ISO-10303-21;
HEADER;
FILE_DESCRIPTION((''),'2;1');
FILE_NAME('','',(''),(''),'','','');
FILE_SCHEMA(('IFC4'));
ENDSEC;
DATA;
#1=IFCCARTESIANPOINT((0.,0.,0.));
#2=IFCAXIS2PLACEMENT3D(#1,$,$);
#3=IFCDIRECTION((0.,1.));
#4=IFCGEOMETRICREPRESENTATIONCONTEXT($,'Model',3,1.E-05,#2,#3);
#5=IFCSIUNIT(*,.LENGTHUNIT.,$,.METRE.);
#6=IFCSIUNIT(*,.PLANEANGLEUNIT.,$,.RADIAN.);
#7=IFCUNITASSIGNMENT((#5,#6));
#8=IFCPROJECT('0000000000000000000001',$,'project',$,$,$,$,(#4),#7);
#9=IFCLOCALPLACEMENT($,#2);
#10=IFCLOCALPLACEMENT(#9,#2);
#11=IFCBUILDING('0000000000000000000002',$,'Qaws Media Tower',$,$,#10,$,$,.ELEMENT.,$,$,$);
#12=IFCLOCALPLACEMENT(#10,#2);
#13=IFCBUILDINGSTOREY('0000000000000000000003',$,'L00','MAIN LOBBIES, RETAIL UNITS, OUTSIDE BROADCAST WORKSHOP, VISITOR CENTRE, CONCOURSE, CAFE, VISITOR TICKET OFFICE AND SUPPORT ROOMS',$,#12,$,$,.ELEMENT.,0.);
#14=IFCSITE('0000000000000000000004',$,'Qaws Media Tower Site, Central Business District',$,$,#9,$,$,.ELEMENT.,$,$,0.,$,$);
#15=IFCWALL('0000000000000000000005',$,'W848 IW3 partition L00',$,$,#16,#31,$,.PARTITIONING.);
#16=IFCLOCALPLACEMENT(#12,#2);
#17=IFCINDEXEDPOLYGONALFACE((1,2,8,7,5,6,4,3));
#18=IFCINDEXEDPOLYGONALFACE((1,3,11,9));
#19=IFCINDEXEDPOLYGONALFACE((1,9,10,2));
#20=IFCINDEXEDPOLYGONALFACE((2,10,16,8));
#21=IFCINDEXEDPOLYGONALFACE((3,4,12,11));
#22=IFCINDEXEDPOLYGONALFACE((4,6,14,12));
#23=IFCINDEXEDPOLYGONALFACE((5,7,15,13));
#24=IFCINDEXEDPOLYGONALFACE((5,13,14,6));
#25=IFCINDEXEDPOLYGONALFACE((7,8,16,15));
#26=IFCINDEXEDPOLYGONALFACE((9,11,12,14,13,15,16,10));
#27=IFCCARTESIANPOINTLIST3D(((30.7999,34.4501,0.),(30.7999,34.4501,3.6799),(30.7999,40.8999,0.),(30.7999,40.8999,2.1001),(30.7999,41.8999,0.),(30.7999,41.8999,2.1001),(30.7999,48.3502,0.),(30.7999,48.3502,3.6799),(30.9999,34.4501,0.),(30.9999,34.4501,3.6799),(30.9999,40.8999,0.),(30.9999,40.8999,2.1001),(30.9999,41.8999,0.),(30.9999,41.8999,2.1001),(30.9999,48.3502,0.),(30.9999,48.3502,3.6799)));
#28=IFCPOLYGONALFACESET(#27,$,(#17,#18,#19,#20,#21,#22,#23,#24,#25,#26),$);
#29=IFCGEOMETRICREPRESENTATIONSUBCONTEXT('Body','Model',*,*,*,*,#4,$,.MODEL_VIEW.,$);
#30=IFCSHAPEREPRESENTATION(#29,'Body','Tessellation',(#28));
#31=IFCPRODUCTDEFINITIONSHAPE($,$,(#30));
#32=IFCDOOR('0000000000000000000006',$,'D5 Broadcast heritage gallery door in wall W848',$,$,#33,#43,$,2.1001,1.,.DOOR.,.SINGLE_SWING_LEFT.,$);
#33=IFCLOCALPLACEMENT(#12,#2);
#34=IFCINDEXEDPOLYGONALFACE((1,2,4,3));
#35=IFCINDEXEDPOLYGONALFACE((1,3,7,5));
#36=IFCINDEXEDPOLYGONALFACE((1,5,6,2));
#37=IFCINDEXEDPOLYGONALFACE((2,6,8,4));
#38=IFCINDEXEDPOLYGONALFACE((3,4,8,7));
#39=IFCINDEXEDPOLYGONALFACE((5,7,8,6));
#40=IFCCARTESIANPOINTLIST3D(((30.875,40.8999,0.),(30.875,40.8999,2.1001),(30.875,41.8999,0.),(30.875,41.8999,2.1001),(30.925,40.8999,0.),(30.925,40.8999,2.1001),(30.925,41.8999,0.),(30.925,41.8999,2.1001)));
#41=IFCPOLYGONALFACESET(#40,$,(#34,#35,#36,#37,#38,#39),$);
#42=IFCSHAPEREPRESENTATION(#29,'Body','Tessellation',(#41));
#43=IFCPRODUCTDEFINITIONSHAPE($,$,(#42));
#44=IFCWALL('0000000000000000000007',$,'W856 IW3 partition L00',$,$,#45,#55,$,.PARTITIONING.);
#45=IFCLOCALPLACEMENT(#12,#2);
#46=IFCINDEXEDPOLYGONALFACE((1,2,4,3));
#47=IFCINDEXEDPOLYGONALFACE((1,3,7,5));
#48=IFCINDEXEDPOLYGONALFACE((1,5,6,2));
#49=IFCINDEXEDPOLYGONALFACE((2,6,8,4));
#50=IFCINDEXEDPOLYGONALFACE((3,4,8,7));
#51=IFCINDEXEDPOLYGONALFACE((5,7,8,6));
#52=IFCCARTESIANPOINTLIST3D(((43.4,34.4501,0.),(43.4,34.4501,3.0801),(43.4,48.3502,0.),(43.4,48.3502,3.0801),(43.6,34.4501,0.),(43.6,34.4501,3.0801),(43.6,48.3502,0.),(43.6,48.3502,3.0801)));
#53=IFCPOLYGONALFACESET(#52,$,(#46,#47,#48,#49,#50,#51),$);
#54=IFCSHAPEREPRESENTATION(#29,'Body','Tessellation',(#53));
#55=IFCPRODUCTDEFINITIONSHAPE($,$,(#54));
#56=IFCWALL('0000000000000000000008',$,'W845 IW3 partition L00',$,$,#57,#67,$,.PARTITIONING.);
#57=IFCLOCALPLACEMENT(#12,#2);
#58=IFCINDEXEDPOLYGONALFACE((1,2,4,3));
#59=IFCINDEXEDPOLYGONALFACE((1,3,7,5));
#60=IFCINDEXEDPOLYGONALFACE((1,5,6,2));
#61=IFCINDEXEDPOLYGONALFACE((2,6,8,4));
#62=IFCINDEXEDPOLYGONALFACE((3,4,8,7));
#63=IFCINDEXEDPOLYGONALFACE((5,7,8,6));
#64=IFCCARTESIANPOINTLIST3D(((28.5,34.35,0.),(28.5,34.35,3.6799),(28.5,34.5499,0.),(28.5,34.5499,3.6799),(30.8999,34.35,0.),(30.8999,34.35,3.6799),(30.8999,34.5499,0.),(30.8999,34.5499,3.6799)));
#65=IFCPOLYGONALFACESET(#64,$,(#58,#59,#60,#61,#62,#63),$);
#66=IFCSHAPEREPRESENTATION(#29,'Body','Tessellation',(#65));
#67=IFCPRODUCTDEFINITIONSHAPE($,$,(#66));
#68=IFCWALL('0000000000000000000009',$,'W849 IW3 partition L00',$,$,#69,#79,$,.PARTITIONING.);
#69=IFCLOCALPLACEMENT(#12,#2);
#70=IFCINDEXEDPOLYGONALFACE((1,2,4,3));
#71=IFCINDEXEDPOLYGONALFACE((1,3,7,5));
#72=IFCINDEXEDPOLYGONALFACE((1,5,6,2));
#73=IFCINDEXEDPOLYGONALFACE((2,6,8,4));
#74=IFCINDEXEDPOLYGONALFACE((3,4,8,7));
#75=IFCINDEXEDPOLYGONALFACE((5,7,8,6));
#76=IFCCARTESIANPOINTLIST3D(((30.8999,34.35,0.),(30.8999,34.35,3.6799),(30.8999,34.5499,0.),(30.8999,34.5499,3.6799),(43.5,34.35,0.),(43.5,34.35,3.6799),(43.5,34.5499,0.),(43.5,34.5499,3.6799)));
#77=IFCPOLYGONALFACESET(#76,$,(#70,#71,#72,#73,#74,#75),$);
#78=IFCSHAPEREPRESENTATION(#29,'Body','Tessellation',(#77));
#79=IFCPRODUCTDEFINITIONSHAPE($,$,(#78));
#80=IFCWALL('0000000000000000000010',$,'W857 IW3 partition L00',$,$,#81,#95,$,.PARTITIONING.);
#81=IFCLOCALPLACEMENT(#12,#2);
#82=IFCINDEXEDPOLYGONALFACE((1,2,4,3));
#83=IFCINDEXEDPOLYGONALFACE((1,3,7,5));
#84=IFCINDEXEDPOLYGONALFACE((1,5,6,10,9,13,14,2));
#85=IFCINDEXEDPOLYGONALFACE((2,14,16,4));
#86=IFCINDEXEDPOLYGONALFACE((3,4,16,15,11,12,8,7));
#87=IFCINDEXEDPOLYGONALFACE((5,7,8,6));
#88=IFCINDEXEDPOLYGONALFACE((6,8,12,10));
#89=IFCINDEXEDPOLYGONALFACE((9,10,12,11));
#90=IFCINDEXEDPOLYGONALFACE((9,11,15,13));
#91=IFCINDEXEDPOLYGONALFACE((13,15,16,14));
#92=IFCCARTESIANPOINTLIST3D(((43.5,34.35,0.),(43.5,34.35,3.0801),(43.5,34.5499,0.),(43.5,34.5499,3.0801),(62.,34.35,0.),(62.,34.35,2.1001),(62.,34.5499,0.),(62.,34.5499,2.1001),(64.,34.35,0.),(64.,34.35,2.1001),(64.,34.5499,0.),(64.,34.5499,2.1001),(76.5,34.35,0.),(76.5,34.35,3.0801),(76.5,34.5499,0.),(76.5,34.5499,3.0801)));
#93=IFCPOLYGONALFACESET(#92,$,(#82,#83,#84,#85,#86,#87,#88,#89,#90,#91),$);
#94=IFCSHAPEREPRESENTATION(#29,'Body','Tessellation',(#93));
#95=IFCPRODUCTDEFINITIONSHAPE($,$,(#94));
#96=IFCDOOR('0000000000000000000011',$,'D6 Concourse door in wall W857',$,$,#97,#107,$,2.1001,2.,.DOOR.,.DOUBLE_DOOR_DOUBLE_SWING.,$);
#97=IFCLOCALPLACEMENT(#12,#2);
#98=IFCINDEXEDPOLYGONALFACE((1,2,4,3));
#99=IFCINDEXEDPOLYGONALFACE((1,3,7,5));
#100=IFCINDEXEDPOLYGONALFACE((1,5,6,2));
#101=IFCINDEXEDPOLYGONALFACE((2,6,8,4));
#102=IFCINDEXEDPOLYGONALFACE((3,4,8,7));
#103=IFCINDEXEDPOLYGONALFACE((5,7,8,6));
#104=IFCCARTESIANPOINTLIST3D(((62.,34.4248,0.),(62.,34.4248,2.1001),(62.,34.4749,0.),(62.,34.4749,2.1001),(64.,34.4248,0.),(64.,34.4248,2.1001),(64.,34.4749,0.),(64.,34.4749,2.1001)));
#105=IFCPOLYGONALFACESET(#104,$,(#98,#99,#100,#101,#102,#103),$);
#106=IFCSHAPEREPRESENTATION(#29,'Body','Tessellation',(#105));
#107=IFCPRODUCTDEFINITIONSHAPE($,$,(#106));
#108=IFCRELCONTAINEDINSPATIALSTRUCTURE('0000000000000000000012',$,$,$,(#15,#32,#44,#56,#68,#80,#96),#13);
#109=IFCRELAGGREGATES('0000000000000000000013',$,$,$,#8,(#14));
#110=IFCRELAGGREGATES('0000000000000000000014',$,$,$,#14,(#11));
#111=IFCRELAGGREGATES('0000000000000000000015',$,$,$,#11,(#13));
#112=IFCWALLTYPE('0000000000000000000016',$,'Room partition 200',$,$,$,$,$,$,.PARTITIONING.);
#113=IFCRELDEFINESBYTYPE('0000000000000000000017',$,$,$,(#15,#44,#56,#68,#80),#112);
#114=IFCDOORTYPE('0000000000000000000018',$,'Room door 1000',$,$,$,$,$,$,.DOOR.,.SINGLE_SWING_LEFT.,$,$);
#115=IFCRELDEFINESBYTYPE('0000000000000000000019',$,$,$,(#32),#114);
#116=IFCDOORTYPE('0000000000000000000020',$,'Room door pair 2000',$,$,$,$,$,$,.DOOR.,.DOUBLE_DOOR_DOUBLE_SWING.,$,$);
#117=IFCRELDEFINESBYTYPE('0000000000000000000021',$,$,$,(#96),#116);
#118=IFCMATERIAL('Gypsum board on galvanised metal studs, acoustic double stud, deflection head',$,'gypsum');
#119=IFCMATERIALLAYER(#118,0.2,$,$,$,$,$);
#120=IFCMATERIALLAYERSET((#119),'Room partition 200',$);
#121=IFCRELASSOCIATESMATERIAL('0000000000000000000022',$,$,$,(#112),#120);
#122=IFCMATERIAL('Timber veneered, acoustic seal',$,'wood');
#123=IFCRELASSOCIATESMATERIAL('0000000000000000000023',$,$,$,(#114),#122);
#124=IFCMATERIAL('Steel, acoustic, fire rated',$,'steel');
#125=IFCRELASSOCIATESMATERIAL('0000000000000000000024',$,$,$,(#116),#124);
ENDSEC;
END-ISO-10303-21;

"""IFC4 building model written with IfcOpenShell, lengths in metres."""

from ifc_helpers import new_model, si_unit, direction, frame, frame_2d, origin, place, context, subcontext, project, spatial, rectangle, extrude, material, layer, layer_set, type_object, element, fill, save


model = new_model("IFC4")

# Units and contexts
model_context = context("Model", 3, precision=1e-05, world=origin(), true_north=direction((0.0, 1.0)))
body_context = subcontext(model_context, "Body", "Model", "MODEL_VIEW")
ifc_project = project(units=[si_unit("LENGTHUNIT", "METRE"), si_unit("PLANEANGLEUNIT", "RADIAN")], contexts=[model_context])

# Site, building, storey
site_placement = place(None, origin())
site = spatial("IfcSite", under=ifc_project, at=site_placement, Name="Qaws Media Tower Site, Central Business District", CompositionType="ELEMENT", RefElevation=0.0)
building_placement = place(site_placement, origin())
building = spatial("IfcBuilding", under=site, at=building_placement, Name="Qaws Media Tower", CompositionType="ELEMENT")
storey_placement = place(building_placement, origin())
storey = spatial("IfcBuildingStorey", under=building, at=storey_placement, Name="L00", Description="MAIN LOBBIES, RETAIL UNITS, OUTSIDE BROADCAST WORKSHOP, VISITOR CENTRE, CONCOURSE, CAFE, VISITOR TICKET OFFICE AND SUPPORT ROOMS", CompositionType="ELEMENT", Elevation=0.0)

# Wall, opening, door
ifc_material_1 = material(Name="Gypsum board on galvanised metal studs, acoustic double stud, deflection head", Category="gypsum")
ifc_layer = layer(ifc_material_1, 0.2)
ifc_layer_set = layer_set([ifc_layer], Name="Room partition 200")
wall_type = type_object("IfcWallType", Name="Room partition 200", PredefinedType="PARTITIONING", material=ifc_layer_set)
ifc_material_2 = material(Name="Timber veneered, acoustic seal", Category="wood")
door_type_1 = type_object("IfcDoorType", Name="Room door 1000", OperationType="SINGLE_SWING_LEFT", PredefinedType="DOOR", material=ifc_material_2)
wall_1_placement = place(storey_placement, frame((30.8999, 34.45, 0.0), z_axis=(0.0, 0.0, 1.0), x_axis=(0.0, 1.0, 0.0)))
wall_1 = element("IfcWall", 1, at=wall_1_placement, inside=storey, type_object=wall_type, Name="W848 IW3 partition L00", PredefinedType="PARTITIONING", context=body_context, shape_type="SweptSolid", body=[
    extrude(rectangle(XDim=13.9001, YDim=0.2, at=frame_2d((6.9502, 0.0))), origin(), (0.0, 0.0, 1.0), 3.6799),
])
opening_1_placement = place(wall_1_placement, frame((6.45, 0.0, 0.0)))
opening_1 = element("IfcOpeningElement", 2, at=opening_1_placement, cuts=wall_1, PredefinedType="OPENING", context=body_context, shape_type="SweptSolid", body=[
    extrude(rectangle(XDim=1.0, YDim=2.1001, at=frame_2d((0.5, 1.05))), frame((0.0, 0.1099, 0.0), z_axis=(0.0, -1.0, 0.0), x_axis=(1.0, 0.0, 0.0)), (0.0, 0.0, 1.0), 0.22),
])
door_1_placement = place(opening_1_placement, origin())
door_1 = element("IfcDoor", 3, at=door_1_placement, inside=storey, type_object=door_type_1, Name="D5 Broadcast heritage gallery door in wall W848", OperationType="SINGLE_SWING_LEFT", OverallHeight=2.1001, OverallWidth=1.0, PredefinedType="DOOR", context=body_context, shape_type="SweptSolid", body=[
    extrude(rectangle(XDim=1.0, YDim=2.1001, at=frame_2d((0.5, 1.05))), frame((0.0, 0.0249, 0.0), z_axis=(0.0, -1.0, 0.0), x_axis=(1.0, 0.0, 0.0)), (0.0, 0.0, 1.0), 0.05),
])
fill(opening_1, door_1)

# Walls
wall_2_placement = place(storey_placement, frame((43.5, 34.45, 0.0), z_axis=(0.0, 0.0, 1.0), x_axis=(0.0, 1.0, 0.0)))
element("IfcWall", 4, at=wall_2_placement, inside=storey, type_object=wall_type, Name="W856 IW3 partition L00", PredefinedType="PARTITIONING", context=body_context, shape_type="SweptSolid", body=[
    extrude(rectangle(XDim=13.9001, YDim=0.2, at=frame_2d((6.9502, 0.0))), origin(), (0.0, 0.0, 1.0), 3.0801),
])
wall_3_placement = place(storey_placement, frame((28.5, 34.45, 0.0), z_axis=(0.0, 0.0, 1.0), x_axis=(1.0, 0.0, 0.0)))
element("IfcWall", 5, at=wall_3_placement, inside=storey, type_object=wall_type, Name="W845 IW3 partition L00", PredefinedType="PARTITIONING", context=body_context, shape_type="SweptSolid", body=[
    extrude(rectangle(XDim=2.3999, YDim=0.2, at=frame_2d((1.2, 0.0))), origin(), (0.0, 0.0, 1.0), 3.6799),
])
wall_4_placement = place(storey_placement, frame((30.8999, 34.45, 0.0), z_axis=(0.0, 0.0, 1.0), x_axis=(1.0, 0.0, 0.0)))
element("IfcWall", 6, at=wall_4_placement, inside=storey, type_object=wall_type, Name="W849 IW3 partition L00", PredefinedType="PARTITIONING", context=body_context, shape_type="SweptSolid", body=[
    extrude(rectangle(XDim=12.6001, YDim=0.2, at=frame_2d((6.3, 0.0))), origin(), (0.0, 0.0, 1.0), 3.6799),
])

# Wall, opening, door
wall_5_placement = place(storey_placement, frame((43.5, 34.45, 0.0), z_axis=(0.0, 0.0, 1.0), x_axis=(1.0, 0.0, 0.0)))
wall_5 = element("IfcWall", 7, at=wall_5_placement, inside=storey, type_object=wall_type, Name="W857 IW3 partition L00", PredefinedType="PARTITIONING", context=body_context, shape_type="SweptSolid", body=[
    extrude(rectangle(XDim=33.0, YDim=0.2, at=frame_2d((16.5, 0.0))), origin(), (0.0, 0.0, 1.0), 3.0801),
])
opening_2_placement = place(wall_5_placement, frame((18.5, 0.0, 0.0)))
opening_2 = element("IfcOpeningElement", 8, at=opening_2_placement, cuts=wall_5, PredefinedType="OPENING", context=body_context, shape_type="SweptSolid", body=[
    extrude(rectangle(XDim=2.0, YDim=2.1001, at=frame_2d((1.0, 1.05))), frame((0.0, 0.1099, 0.0), z_axis=(0.0, -1.0, 0.0), x_axis=(1.0, 0.0, 0.0)), (0.0, 0.0, 1.0), 0.22),
])
ifc_material_3 = material(Name="Steel, acoustic, fire rated", Category="steel")
door_type_2 = type_object("IfcDoorType", Name="Room door pair 2000", OperationType="DOUBLE_DOOR_DOUBLE_SWING", PredefinedType="DOOR", material=ifc_material_3)
door_2_placement = place(opening_2_placement, origin())
door_2 = element("IfcDoor", 9, at=door_2_placement, inside=storey, type_object=door_type_2, Name="D6 Concourse door in wall W857", OperationType="DOUBLE_DOOR_DOUBLE_SWING", OverallHeight=2.1001, OverallWidth=2.0, PredefinedType="DOOR", context=body_context, shape_type="SweptSolid", body=[
    extrude(rectangle(XDim=2.0, YDim=2.1001, at=frame_2d((1.0, 1.05))), frame((0.0, 0.0249, 0.0), z_axis=(0.0, -1.0, 0.0), x_axis=(1.0, 0.0, 0.0)), (0.0, 0.0, 1.0), 0.05),
])
fill(opening_2, door_2)

save(model, "model.ifc")
